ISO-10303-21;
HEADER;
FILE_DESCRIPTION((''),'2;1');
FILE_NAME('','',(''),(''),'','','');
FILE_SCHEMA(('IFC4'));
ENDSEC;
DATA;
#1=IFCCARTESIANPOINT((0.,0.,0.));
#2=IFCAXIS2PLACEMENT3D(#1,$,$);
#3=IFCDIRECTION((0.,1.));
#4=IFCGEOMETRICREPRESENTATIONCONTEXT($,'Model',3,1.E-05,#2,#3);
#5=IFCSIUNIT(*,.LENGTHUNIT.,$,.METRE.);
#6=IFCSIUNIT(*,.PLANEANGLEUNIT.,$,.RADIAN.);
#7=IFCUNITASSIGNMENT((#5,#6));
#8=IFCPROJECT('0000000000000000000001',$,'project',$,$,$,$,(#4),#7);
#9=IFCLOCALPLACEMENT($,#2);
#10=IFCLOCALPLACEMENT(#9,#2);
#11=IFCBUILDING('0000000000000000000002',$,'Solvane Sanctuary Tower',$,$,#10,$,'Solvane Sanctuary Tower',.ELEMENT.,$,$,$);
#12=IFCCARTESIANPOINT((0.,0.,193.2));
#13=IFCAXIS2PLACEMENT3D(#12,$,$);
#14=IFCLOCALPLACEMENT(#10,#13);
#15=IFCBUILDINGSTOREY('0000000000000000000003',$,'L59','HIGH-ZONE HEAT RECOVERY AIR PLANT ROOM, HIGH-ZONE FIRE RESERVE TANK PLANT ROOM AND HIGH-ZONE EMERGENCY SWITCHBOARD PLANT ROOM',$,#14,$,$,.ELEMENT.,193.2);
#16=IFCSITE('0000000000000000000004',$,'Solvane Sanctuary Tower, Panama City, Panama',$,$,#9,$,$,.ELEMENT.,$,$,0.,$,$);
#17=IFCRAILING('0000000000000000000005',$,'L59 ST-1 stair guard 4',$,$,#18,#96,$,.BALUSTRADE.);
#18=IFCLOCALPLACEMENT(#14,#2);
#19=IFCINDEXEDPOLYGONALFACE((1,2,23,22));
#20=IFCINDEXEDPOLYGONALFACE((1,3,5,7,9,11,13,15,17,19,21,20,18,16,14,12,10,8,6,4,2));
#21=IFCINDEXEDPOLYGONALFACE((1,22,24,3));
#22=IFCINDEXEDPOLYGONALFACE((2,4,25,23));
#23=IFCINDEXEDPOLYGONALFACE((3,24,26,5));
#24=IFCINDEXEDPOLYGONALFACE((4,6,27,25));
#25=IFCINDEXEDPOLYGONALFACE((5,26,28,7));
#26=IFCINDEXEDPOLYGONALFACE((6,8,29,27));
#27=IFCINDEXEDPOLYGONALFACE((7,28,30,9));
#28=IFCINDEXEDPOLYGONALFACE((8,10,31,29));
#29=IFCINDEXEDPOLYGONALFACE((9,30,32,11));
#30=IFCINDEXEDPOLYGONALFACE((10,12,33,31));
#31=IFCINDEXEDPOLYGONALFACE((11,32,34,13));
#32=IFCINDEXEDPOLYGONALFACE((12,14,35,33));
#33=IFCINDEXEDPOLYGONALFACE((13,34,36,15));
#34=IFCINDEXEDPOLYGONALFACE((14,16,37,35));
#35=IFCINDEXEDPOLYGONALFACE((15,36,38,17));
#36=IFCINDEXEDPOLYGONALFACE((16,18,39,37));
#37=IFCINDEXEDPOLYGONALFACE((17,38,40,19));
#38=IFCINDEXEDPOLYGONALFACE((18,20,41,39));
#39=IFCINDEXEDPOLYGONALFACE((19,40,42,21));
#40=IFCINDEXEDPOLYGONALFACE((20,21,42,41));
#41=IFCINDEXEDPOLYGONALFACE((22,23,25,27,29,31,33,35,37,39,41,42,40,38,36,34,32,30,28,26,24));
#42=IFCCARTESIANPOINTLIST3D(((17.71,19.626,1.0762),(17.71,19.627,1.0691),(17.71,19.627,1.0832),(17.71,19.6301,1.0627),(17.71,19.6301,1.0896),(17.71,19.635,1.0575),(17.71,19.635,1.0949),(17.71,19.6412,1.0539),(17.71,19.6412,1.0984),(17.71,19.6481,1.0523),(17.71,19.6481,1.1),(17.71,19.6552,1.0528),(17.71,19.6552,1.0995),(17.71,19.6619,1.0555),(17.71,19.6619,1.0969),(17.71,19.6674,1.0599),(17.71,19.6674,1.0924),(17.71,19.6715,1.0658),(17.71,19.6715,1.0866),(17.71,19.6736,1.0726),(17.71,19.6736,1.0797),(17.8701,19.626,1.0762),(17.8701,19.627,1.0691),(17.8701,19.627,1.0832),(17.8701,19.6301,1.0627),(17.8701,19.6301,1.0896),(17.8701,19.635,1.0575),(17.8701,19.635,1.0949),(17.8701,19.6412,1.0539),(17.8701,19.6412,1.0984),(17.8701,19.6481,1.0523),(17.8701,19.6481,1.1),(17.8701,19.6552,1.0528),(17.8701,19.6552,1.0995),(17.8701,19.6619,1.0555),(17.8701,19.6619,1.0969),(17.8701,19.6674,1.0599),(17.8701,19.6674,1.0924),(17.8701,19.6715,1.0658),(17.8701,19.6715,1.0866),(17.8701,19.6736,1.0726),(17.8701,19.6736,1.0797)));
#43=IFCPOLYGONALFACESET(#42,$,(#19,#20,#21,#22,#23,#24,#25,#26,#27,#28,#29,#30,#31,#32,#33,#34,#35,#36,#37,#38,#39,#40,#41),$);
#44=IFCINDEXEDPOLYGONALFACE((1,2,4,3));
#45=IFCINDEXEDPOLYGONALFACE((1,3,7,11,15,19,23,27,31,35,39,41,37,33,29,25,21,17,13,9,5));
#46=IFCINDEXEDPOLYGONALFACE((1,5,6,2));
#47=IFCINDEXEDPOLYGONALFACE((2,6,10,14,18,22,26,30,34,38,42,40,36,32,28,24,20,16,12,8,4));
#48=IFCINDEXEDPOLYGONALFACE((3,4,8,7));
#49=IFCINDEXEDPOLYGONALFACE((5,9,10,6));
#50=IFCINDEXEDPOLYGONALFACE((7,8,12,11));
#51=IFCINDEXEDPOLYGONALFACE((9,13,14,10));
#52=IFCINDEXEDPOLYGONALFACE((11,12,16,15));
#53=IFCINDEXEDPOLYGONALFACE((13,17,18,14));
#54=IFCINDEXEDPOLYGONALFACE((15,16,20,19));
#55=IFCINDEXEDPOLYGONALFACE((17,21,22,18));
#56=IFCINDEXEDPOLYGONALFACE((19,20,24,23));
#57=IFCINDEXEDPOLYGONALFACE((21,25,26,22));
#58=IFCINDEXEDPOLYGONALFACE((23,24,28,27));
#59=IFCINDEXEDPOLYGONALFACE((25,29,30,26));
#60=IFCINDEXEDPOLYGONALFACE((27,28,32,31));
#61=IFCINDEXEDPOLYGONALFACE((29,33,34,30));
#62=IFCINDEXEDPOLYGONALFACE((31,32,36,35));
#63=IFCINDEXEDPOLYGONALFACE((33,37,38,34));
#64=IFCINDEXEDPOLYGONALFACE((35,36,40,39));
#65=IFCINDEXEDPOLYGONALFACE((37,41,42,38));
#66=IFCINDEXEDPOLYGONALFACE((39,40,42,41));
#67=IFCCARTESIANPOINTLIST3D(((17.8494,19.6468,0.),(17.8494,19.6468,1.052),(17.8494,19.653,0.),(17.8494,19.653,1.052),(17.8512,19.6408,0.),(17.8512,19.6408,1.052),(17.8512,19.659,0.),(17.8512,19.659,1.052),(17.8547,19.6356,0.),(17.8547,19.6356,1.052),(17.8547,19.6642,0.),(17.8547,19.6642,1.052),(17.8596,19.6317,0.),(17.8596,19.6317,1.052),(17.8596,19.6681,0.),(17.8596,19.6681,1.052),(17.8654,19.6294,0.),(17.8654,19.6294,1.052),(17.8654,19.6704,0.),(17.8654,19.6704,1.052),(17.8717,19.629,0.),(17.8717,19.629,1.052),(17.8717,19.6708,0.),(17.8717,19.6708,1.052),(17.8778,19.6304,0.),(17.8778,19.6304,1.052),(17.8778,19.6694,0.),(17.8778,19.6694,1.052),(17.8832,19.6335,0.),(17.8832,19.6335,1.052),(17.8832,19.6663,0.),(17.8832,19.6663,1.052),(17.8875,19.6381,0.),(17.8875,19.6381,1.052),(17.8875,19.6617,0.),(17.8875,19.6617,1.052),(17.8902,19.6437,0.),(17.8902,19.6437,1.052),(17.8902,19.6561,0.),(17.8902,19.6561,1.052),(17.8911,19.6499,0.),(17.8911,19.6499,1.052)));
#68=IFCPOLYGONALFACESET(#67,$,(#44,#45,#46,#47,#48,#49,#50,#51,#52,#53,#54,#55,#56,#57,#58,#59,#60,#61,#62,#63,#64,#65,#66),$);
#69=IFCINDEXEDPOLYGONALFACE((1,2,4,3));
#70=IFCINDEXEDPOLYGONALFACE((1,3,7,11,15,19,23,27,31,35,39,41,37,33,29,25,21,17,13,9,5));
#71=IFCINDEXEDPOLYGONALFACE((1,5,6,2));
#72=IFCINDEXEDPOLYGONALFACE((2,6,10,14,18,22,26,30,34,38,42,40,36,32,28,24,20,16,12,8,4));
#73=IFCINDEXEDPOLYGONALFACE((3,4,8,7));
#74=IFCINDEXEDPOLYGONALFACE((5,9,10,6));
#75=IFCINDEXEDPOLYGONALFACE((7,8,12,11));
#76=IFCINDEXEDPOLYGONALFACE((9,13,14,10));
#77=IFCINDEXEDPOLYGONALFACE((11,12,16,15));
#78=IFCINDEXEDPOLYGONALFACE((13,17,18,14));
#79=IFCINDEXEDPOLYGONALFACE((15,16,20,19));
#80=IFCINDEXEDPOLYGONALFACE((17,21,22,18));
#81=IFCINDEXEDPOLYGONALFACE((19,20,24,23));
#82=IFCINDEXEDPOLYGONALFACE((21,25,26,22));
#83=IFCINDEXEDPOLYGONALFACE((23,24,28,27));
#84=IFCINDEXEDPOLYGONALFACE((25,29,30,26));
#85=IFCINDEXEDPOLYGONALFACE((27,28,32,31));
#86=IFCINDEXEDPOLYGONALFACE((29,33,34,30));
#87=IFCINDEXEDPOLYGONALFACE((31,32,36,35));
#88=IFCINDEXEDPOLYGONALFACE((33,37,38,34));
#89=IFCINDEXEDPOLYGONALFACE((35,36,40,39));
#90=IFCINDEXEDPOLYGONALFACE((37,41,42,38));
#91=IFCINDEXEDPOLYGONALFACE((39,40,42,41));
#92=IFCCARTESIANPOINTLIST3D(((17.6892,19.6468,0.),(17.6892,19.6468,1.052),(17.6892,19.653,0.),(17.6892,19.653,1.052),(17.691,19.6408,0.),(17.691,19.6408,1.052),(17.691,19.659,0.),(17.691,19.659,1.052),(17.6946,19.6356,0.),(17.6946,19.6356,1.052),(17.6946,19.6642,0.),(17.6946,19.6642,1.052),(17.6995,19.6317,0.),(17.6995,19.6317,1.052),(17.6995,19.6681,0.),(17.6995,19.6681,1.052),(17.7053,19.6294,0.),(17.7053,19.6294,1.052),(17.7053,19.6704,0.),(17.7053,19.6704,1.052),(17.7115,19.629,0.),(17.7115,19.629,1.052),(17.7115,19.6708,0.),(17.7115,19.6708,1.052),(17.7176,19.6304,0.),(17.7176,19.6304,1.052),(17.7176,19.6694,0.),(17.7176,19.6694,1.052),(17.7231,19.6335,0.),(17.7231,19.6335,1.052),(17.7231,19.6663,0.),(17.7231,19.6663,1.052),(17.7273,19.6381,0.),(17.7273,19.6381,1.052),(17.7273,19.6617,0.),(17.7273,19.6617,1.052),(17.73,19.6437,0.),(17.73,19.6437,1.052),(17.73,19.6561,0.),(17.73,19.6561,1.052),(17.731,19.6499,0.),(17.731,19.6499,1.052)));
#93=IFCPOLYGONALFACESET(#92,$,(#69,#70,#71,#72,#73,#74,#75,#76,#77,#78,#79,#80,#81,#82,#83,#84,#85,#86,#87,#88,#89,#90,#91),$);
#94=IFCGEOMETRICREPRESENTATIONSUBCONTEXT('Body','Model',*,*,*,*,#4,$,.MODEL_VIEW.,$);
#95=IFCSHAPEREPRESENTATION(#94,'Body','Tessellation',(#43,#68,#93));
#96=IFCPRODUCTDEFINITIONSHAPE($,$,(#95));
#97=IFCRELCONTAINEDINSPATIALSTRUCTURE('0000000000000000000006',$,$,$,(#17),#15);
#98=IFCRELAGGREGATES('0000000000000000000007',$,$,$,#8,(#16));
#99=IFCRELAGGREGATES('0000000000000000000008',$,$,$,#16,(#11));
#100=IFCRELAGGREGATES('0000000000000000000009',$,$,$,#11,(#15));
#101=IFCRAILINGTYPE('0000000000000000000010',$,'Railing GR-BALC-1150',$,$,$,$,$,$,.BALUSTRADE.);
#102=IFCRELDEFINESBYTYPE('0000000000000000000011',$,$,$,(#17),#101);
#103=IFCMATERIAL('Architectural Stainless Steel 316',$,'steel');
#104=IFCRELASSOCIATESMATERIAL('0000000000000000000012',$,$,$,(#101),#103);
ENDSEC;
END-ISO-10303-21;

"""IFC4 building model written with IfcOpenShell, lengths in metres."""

from ifc_helpers import new_model, si_unit, direction, frame, origin, origin_2d, place, context, subcontext, project, spatial, circle, extrude, material, type_object, element, save


model = new_model("IFC4")

# Units and contexts
model_context = context("Model", 3, precision=1e-05, world=origin(), true_north=direction((0.0, 1.0)))
body_context = subcontext(model_context, "Body", "Model", "MODEL_VIEW")
ifc_project = project(units=[si_unit("LENGTHUNIT", "METRE"), si_unit("PLANEANGLEUNIT", "RADIAN")], contexts=[model_context])

# Site, building, storey
site_placement = place(None, origin())
site = spatial("IfcSite", under=ifc_project, at=site_placement, Name="Solvane Sanctuary Tower, Panama City, Panama", CompositionType="ELEMENT", RefElevation=0.0)
building_placement = place(site_placement, origin())
building = spatial("IfcBuilding", under=site, at=building_placement, Name="Solvane Sanctuary Tower", LongName="Solvane Sanctuary Tower", CompositionType="ELEMENT")
storey_placement = place(building_placement, frame((0.0, 0.0, 193.2)))
storey = spatial("IfcBuildingStorey", under=building, at=storey_placement, Name="L59", Description="HIGH-ZONE HEAT RECOVERY AIR PLANT ROOM, HIGH-ZONE FIRE RESERVE TANK PLANT ROOM AND HIGH-ZONE EMERGENCY SWITCHBOARD PLANT ROOM", CompositionType="ELEMENT", Elevation=193.2)

# Shared definitions
ifc_material_1 = material(Name="Architectural Stainless Steel 316", Category="steel")

# Railing
railing_type_1 = type_object("IfcRailingType", Name="Railing GR-BALC-1150", PredefinedType="BALUSTRADE", material=ifc_material_1)
railing_1_placement = place(storey_placement, frame((17.8701, 19.6499, 0.0)))
element("IfcRailing", 1, at=railing_1_placement, inside=storey, type_object=railing_type_1, Name="L59 ST-1 stair guard 4", PredefinedType="BALUSTRADE", context=body_context, shape_type="SweptSolid", body=[
    extrude(circle(Radius=0.0239, at=origin_2d()), frame((0.0, 0.0, 1.0762), z_axis=(-1.0, 0.0, 0.0), x_axis=(0.0, -1.0, 0.0)), (0.0, 0.0, 1.0), 0.1602),
    extrude(circle(Radius=0.021, at=origin_2d()), origin(), (0.0, 0.0, 1.0), 1.052),
    extrude(circle(Radius=0.021, at=origin_2d()), frame((-0.1602, 0.0, 0.0)), (0.0, 0.0, 1.0), 1.052),
])

save(model, "model.ifc")
